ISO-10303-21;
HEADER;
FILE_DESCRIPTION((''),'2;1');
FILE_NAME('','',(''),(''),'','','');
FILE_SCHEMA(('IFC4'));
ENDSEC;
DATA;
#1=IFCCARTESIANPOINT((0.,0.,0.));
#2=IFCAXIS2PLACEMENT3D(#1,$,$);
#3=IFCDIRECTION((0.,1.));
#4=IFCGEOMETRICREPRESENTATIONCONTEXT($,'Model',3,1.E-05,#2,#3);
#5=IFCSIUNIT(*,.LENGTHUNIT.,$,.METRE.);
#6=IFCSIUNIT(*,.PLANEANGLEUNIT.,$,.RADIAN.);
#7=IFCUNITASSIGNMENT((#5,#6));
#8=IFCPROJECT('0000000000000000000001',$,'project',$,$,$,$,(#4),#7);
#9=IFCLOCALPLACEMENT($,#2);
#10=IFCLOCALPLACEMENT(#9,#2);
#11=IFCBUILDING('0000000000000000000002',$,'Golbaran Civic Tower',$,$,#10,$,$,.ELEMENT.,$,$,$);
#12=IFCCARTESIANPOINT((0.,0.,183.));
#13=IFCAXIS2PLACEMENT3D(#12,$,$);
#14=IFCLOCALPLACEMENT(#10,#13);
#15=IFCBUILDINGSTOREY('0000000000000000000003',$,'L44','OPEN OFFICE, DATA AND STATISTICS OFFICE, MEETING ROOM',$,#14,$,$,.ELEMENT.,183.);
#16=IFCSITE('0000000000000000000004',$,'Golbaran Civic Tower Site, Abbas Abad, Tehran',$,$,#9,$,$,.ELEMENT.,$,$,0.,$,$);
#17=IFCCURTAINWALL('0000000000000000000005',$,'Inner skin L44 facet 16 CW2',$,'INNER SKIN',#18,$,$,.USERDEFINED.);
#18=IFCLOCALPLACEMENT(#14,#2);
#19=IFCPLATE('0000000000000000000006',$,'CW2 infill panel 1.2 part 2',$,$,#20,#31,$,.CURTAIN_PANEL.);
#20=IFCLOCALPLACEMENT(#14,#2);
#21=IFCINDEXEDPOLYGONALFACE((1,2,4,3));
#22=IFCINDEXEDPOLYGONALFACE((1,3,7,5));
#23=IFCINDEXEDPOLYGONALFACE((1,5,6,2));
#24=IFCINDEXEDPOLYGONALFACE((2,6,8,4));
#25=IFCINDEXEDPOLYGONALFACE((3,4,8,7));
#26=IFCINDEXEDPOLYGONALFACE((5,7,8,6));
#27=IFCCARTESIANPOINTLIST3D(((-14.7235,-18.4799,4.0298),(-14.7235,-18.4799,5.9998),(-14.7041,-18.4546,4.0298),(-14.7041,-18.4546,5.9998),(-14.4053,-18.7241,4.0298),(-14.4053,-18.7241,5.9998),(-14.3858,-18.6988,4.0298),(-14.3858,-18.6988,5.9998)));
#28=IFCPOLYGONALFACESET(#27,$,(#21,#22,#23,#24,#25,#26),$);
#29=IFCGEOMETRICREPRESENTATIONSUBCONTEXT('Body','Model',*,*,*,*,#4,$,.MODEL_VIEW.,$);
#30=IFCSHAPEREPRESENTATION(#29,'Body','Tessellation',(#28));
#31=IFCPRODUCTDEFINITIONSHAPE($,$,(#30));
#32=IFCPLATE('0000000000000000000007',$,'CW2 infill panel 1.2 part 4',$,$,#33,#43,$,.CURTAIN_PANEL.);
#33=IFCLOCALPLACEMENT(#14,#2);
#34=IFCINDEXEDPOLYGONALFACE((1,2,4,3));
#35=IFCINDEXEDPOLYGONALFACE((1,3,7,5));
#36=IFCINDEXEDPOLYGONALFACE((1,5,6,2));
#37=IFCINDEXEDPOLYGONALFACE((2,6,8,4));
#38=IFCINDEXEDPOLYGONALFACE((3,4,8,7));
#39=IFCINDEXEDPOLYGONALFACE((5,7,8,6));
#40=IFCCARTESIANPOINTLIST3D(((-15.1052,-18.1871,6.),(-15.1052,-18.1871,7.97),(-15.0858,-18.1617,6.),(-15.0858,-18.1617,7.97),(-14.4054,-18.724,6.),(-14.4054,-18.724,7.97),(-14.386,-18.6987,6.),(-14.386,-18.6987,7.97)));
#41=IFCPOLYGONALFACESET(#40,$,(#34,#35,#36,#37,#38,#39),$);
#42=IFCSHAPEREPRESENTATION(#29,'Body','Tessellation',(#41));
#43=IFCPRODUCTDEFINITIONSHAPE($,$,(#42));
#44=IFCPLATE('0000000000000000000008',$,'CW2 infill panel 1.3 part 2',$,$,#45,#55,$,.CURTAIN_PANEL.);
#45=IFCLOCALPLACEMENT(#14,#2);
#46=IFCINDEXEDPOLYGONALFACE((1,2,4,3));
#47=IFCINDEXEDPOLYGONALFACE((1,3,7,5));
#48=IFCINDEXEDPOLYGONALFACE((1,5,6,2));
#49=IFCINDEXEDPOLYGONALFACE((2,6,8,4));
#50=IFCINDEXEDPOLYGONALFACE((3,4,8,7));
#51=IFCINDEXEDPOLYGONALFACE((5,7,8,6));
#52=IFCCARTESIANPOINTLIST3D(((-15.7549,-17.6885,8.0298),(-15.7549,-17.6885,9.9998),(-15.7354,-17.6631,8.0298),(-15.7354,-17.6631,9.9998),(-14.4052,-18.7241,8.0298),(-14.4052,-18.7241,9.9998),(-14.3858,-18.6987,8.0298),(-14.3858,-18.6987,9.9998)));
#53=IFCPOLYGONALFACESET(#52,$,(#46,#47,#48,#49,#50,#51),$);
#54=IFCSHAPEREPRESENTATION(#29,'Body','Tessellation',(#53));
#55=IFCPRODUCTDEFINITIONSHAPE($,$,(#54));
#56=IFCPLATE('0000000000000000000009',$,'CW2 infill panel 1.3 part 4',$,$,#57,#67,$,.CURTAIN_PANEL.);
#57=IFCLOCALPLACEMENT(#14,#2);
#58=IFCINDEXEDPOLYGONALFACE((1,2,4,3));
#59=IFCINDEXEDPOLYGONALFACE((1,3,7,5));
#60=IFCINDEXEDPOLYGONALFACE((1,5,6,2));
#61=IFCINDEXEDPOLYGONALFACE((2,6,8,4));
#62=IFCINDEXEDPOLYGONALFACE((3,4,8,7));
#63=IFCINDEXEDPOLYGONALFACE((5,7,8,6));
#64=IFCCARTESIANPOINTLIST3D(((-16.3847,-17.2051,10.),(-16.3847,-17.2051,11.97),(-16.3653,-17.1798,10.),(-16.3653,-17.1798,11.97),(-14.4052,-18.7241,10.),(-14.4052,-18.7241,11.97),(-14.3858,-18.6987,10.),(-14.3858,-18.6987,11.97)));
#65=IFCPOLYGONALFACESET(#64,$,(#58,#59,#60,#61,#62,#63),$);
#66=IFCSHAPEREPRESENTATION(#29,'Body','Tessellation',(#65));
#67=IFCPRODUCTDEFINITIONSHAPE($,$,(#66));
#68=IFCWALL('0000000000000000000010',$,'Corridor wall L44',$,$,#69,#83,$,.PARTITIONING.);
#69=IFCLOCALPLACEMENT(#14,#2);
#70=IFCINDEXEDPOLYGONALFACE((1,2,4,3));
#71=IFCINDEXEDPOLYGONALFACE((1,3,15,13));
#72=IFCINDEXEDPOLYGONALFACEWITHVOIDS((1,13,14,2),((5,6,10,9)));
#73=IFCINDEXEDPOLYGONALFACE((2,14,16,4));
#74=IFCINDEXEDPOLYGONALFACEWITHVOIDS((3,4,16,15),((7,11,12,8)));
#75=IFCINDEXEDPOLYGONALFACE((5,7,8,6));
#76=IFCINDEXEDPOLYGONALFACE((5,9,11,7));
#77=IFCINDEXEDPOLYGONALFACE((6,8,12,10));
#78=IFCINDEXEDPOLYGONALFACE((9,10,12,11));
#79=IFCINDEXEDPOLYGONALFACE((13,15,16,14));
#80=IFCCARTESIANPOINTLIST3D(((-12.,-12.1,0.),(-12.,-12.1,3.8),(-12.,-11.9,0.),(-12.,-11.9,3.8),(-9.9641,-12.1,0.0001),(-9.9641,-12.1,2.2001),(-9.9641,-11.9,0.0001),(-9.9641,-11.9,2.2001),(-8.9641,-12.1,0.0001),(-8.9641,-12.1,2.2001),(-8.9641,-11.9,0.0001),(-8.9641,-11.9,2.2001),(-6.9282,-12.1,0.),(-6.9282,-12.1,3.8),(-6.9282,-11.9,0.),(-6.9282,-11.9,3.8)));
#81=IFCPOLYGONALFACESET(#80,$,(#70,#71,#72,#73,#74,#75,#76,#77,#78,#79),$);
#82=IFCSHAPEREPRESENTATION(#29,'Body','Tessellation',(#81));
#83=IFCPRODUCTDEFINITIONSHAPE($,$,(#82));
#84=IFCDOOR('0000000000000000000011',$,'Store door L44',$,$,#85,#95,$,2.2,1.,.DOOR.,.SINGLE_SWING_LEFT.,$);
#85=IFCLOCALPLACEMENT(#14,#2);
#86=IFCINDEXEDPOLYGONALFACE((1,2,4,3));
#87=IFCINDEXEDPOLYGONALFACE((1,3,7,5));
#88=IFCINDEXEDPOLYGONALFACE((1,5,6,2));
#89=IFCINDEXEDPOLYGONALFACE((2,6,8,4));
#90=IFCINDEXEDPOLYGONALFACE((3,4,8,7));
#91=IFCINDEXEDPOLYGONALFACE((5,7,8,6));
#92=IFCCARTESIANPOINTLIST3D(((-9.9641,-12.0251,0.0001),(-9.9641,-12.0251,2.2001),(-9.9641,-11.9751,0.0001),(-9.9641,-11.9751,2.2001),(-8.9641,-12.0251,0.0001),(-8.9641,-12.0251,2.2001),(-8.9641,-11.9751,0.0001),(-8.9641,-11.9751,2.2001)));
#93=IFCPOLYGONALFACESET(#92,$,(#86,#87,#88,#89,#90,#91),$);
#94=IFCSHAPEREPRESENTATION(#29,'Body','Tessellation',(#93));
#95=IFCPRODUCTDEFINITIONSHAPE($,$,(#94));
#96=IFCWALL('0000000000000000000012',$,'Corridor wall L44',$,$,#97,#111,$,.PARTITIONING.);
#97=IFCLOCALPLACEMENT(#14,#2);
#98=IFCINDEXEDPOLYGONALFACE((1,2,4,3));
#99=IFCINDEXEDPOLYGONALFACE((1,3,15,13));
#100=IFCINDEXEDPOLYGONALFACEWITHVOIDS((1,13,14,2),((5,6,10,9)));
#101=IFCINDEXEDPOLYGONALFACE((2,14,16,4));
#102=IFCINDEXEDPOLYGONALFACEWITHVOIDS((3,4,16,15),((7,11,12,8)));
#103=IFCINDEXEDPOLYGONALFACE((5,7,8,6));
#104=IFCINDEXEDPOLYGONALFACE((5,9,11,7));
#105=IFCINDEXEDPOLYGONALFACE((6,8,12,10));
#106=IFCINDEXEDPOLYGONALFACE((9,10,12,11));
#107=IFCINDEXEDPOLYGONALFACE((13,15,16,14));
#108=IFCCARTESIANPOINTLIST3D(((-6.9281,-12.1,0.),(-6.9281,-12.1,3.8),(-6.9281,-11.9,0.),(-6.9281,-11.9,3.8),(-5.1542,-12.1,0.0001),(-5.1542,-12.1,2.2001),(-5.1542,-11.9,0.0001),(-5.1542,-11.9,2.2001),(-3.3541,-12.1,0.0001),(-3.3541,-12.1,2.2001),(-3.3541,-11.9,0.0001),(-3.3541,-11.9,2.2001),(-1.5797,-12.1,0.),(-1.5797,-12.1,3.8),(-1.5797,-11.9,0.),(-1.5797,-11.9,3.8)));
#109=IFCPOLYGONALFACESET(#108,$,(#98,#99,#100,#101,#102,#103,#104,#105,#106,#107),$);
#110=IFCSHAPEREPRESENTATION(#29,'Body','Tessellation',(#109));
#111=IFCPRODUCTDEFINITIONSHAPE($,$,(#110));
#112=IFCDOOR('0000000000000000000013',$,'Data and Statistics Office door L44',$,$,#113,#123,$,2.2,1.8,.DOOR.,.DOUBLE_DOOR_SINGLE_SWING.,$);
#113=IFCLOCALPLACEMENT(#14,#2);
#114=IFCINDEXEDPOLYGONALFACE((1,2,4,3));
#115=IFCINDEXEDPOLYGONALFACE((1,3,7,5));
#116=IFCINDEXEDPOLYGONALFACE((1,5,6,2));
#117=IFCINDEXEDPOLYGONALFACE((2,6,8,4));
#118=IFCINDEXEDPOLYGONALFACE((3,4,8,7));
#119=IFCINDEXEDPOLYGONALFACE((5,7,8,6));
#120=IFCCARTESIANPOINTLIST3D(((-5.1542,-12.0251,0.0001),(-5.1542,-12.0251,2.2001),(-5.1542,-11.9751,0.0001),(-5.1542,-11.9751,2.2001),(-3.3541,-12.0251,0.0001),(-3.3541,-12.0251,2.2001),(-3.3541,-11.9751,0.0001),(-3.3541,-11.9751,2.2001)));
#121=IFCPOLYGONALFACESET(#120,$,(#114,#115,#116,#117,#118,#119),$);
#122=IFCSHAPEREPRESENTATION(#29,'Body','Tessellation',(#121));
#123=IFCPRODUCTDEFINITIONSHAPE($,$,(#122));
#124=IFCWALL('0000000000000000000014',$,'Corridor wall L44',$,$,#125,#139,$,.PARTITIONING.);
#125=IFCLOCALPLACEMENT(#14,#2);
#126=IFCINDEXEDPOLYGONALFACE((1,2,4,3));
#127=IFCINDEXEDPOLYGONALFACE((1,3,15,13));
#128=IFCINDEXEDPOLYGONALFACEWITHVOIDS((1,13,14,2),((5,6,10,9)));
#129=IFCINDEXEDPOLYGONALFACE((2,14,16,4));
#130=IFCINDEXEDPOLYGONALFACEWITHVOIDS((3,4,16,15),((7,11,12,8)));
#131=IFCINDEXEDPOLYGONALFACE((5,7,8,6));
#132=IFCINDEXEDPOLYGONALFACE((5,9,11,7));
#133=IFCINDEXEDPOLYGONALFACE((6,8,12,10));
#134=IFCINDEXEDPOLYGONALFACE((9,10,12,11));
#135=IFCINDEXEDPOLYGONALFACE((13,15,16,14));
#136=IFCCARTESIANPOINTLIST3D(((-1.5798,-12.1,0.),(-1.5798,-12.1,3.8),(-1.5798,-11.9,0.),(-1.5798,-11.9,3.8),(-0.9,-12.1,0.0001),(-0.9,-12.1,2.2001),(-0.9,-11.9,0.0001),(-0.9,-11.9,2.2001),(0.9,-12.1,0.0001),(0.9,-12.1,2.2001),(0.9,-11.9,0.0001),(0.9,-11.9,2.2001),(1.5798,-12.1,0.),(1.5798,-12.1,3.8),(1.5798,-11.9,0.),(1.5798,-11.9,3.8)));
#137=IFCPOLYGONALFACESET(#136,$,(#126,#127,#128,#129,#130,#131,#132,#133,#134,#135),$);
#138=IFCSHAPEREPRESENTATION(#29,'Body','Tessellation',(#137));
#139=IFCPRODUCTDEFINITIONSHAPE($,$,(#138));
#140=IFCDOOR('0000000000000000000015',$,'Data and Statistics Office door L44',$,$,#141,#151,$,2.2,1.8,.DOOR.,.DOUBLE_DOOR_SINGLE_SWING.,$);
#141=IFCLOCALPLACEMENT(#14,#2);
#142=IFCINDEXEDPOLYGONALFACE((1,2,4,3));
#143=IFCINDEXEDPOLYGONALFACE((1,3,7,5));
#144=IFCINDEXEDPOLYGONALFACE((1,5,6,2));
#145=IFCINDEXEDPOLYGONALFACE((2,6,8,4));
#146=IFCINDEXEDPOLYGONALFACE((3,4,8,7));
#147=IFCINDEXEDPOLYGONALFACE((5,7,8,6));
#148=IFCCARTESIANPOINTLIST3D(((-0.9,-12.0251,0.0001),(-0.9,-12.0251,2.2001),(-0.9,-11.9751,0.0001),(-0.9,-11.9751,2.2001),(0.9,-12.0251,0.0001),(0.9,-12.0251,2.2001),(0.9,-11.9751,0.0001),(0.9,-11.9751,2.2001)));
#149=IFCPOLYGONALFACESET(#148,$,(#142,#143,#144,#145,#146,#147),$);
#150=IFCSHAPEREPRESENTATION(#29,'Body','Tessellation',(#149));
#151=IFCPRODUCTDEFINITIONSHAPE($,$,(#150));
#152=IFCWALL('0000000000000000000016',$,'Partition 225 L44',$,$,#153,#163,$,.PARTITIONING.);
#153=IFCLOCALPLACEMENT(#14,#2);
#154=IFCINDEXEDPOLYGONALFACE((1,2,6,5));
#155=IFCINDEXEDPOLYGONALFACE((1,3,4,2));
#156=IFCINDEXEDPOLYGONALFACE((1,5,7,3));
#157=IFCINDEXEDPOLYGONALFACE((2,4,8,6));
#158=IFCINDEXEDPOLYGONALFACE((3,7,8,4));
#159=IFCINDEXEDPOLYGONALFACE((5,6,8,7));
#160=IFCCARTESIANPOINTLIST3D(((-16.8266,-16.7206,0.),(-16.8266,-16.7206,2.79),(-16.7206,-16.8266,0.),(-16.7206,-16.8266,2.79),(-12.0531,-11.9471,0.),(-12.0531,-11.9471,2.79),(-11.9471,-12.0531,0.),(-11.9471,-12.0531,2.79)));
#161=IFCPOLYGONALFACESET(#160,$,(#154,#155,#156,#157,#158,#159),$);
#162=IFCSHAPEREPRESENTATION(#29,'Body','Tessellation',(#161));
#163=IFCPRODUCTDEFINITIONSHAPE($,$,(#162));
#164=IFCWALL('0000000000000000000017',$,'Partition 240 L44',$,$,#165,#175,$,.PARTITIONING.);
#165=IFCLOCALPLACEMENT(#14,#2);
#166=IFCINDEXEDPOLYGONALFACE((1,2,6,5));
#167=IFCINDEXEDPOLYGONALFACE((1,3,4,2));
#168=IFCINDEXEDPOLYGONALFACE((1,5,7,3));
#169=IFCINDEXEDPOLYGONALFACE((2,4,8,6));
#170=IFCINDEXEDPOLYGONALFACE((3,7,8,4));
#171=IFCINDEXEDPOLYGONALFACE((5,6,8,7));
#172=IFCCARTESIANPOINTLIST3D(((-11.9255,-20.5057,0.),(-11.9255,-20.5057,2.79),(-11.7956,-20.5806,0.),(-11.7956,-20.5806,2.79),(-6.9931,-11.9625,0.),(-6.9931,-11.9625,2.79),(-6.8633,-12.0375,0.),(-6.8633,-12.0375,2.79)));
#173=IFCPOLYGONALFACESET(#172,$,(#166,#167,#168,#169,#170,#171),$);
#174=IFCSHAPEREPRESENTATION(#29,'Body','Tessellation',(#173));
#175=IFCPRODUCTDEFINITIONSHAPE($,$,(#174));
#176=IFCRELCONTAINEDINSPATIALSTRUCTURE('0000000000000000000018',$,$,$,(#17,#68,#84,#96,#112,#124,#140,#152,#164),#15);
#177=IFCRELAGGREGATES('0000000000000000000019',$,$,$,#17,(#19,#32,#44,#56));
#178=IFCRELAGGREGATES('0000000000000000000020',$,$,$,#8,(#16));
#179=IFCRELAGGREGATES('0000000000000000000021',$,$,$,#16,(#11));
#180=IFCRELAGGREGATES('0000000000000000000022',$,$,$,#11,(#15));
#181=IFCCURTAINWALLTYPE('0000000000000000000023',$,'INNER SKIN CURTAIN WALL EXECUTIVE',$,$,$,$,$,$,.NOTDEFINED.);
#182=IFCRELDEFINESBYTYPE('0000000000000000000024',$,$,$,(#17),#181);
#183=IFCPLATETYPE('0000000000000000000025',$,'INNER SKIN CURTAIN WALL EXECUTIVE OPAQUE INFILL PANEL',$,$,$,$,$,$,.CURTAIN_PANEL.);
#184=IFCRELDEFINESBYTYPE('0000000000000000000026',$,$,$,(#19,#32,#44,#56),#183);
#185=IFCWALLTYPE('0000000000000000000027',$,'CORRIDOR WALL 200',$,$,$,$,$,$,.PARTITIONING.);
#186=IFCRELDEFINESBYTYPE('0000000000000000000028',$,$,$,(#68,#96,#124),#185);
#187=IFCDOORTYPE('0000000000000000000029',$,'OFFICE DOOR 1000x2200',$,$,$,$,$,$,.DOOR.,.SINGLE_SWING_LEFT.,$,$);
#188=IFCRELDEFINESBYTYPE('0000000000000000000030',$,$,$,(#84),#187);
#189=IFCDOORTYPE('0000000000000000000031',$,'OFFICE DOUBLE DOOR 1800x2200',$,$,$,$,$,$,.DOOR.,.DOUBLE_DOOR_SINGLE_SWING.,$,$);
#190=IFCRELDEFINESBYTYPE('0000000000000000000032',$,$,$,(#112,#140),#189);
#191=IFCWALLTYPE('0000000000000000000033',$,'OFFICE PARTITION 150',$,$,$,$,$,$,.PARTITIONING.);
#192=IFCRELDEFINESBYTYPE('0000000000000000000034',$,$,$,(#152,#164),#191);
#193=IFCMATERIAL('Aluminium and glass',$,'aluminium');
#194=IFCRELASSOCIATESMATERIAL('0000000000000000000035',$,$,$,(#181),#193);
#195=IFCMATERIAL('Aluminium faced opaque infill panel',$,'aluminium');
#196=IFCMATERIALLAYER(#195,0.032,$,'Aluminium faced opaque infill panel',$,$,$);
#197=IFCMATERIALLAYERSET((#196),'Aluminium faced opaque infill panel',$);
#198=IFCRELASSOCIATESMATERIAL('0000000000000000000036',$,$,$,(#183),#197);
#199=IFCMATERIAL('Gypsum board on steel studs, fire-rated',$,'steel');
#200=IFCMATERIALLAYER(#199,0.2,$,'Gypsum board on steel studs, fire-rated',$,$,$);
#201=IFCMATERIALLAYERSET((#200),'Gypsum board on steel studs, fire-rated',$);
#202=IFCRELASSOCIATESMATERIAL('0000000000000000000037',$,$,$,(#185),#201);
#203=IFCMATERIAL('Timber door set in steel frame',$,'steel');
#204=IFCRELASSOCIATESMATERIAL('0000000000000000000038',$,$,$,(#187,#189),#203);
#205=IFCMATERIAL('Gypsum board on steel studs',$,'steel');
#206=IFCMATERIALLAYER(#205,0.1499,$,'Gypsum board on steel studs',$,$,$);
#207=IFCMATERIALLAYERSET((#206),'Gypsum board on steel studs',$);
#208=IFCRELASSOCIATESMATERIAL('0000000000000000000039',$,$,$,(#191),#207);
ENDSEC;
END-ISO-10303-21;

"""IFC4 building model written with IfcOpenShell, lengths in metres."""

from ifc_helpers import new_model, si_unit, direction, frame, frame_2d, origin, origin_2d, place, context, subcontext, project, spatial, rectangle, extrude, material, layer, layer_set, type_object, element, fill, aggregate, save


model = new_model("IFC4")

# Units and contexts
model_context = context("Model", 3, precision=1e-05, world=origin(), true_north=direction((0.0, 1.0)))
body_context = subcontext(model_context, "Body", "Model", "MODEL_VIEW")
ifc_project = project(units=[si_unit("LENGTHUNIT", "METRE"), si_unit("PLANEANGLEUNIT", "RADIAN")], contexts=[model_context])

# Site, building, storey
site_placement = place(None, origin())
site = spatial("IfcSite", under=ifc_project, at=site_placement, Name="Golbaran Civic Tower Site, Abbas Abad, Tehran", CompositionType="ELEMENT", RefElevation=0.0)
building_placement = place(site_placement, origin())
building = spatial("IfcBuilding", under=site, at=building_placement, Name="Golbaran Civic Tower", CompositionType="ELEMENT")
storey_placement = place(building_placement, frame((0.0, 0.0, 183.0)))
storey = spatial("IfcBuildingStorey", under=building, at=storey_placement, Name="L44", Description="OPEN OFFICE, DATA AND STATISTICS OFFICE, MEETING ROOM", CompositionType="ELEMENT", Elevation=183.0)

# Curtain wall
ifc_material_1 = material(Name="Aluminium and glass", Category="aluminium")
curtain_wall_type = type_object("IfcCurtainWallType", Name="INNER SKIN CURTAIN WALL EXECUTIVE", PredefinedType="NOTDEFINED", material=ifc_material_1)
curtain_wall_placement = place(storey_placement, origin())
curtain_wall = element("IfcCurtainWall", 1, at=curtain_wall_placement, inside=storey, type_object=curtain_wall_type, Name="Inner skin L44 facet 16 CW2", ObjectType="INNER SKIN", PredefinedType="USERDEFINED")

# Plates
ifc_material_2 = material(Name="Aluminium faced opaque infill panel", Category="aluminium")
ifc_layer_1 = layer(ifc_material_2, 0.032, Name="Aluminium faced opaque infill panel")
ifc_layer_set_1 = layer_set([ifc_layer_1], Name="Aluminium faced opaque infill panel")
plate_type_1 = type_object("IfcPlateType", Name="INNER SKIN CURTAIN WALL EXECUTIVE OPAQUE INFILL PANEL", PredefinedType="CURTAIN_PANEL", material=ifc_layer_set_1)
plate_1_placement = place(storey_placement, frame((-14.5547, -18.5894, 4.0298), z_axis=(0.0, 0.0, 1.0), x_axis=(0.793353, -0.608761, 0.0)))
plate_1 = element("IfcPlate", 2, at=plate_1_placement, type_object=plate_type_1, Name="CW2 infill panel 1.2 part 2", PredefinedType="CURTAIN_PANEL", context=body_context, shape_type="SweptSolid", body=[
    extrude(rectangle(XDim=0.4011, YDim=0.032, at=origin_2d()), origin(), (0.0, 0.0, 1.0), 1.97),
])
plate_2_placement = place(storey_placement, frame((-14.7456, -18.4429, 6.0), z_axis=(0.0, 0.0, 1.0), x_axis=(0.793353, -0.608761, 0.0)))
plate_2 = element("IfcPlate", 3, at=plate_2_placement, type_object=plate_type_1, Name="CW2 infill panel 1.2 part 4", PredefinedType="CURTAIN_PANEL", context=body_context, shape_type="SweptSolid", body=[
    extrude(rectangle(XDim=0.8821, YDim=0.032, at=origin_2d()), origin(), (0.0, 0.0, 1.0), 1.97),
])
plate_3_placement = place(storey_placement, frame((-15.0703, -18.1936, 8.0298), z_axis=(0.0, 0.0, 1.0), x_axis=(0.793353, -0.608761, 0.0)))
plate_3 = element("IfcPlate", 4, at=plate_3_placement, type_object=plate_type_1, Name="CW2 infill panel 1.3 part 2", PredefinedType="CURTAIN_PANEL", context=body_context, shape_type="SweptSolid", body=[
    extrude(rectangle(XDim=1.7012, YDim=0.032, at=origin_2d()), origin(), (0.0, 0.0, 1.0), 1.97),
])
plate_4_placement = place(storey_placement, frame((-15.3853, -17.9519, 10.0), z_axis=(0.0, 0.0, 1.0), x_axis=(0.793353, -0.608761, 0.0)))
plate_4 = element("IfcPlate", 5, at=plate_4_placement, type_object=plate_type_1, Name="CW2 infill panel 1.3 part 4", PredefinedType="CURTAIN_PANEL", context=body_context, shape_type="SweptSolid", body=[
    extrude(rectangle(XDim=2.4951, YDim=0.032, at=origin_2d()), origin(), (0.0, 0.0, 1.0), 1.97),
])
aggregate(curtain_wall, [plate_1, plate_2, plate_3, plate_4])

# Walls, openings, doors
ifc_material_3 = material(Name="Gypsum board on steel studs, fire-rated", Category="steel")
ifc_layer_2 = layer(ifc_material_3, 0.2, Name="Gypsum board on steel studs, fire-rated")
ifc_layer_set_2 = layer_set([ifc_layer_2], Name="Gypsum board on steel studs, fire-rated")
wall_type_1 = type_object("IfcWallType", Name="CORRIDOR WALL 200", PredefinedType="PARTITIONING", material=ifc_layer_set_2)
wall_1_placement = place(storey_placement, frame((-12.0, -12.0, 0.0), z_axis=(0.0, 0.0, 1.0), x_axis=(1.0, 0.0, 0.0)))
wall_1 = element("IfcWall", 6, at=wall_1_placement, inside=storey, type_object=wall_type_1, Name="Corridor wall L44", PredefinedType="PARTITIONING", context=body_context, shape_type="SweptSolid", body=[
    extrude(rectangle(XDim=5.0718, YDim=0.2, at=frame_2d((2.5359, 0.0))), origin(), (0.0, 0.0, 1.0), 3.8),
])
opening_1_placement = place(wall_1_placement, frame((2.0359, 0.0, 0.0)))
opening_1 = element("IfcOpeningElement", 7, at=opening_1_placement, cuts=wall_1, PredefinedType="OPENING", context=body_context, shape_type="SweptSolid", body=[
    extrude(rectangle(XDim=1.0, YDim=2.2, at=frame_2d((0.5, 1.1001))), frame((0.0, 0.1099, 0.0), z_axis=(0.0, -1.0, 0.0), x_axis=(1.0, 0.0, 0.0)), (0.0, 0.0, 1.0), 0.22),
])
ifc_material_4 = material(Name="Timber door set in steel frame", Category="steel")
door_type_1 = type_object("IfcDoorType", Name="OFFICE DOOR 1000x2200", OperationType="SINGLE_SWING_LEFT", PredefinedType="DOOR", material=ifc_material_4)
door_1_placement = place(opening_1_placement, origin())
door_1 = element("IfcDoor", 8, at=door_1_placement, inside=storey, type_object=door_type_1, Name="Store door L44", OperationType="SINGLE_SWING_LEFT", OverallHeight=2.2, OverallWidth=1.0, PredefinedType="DOOR", context=body_context, shape_type="SweptSolid", body=[
    extrude(rectangle(XDim=1.0, YDim=2.2, at=frame_2d((0.5, 1.1001))), frame((0.0, 0.0249, 0.0), z_axis=(0.0, -1.0, 0.0), x_axis=(1.0, 0.0, 0.0)), (0.0, 0.0, 1.0), 0.05),
])
fill(opening_1, door_1)
wall_2_placement = place(storey_placement, frame((-6.9282, -12.0, 0.0), z_axis=(0.0, 0.0, 1.0), x_axis=(1.0, 0.0, 0.0)))
wall_2 = element("IfcWall", 9, at=wall_2_placement, inside=storey, type_object=wall_type_1, Name="Corridor wall L44", PredefinedType="PARTITIONING", context=body_context, shape_type="SweptSolid", body=[
    extrude(rectangle(XDim=5.3484, YDim=0.2, at=frame_2d((2.6743, 0.0))), origin(), (0.0, 0.0, 1.0), 3.8),
])
opening_2_placement = place(wall_2_placement, frame((1.7742, 0.0, 0.0)))
opening_2 = element("IfcOpeningElement", 10, at=opening_2_placement, cuts=wall_2, PredefinedType="OPENING", context=body_context, shape_type="SweptSolid", body=[
    extrude(rectangle(XDim=1.8, YDim=2.2, at=frame_2d((0.8999, 1.1001))), frame((0.0, 0.1099, 0.0), z_axis=(0.0, -1.0, 0.0), x_axis=(1.0, 0.0, 0.0)), (0.0, 0.0, 1.0), 0.22),
])
door_type_2 = type_object("IfcDoorType", Name="OFFICE DOUBLE DOOR 1800x2200", OperationType="DOUBLE_DOOR_SINGLE_SWING", PredefinedType="DOOR", material=ifc_material_4)
door_2_placement = place(opening_2_placement, origin())
door_2 = element("IfcDoor", 11, at=door_2_placement, inside=storey, type_object=door_type_2, Name="Data and Statistics Office door L44", OperationType="DOUBLE_DOOR_SINGLE_SWING", OverallHeight=2.2, OverallWidth=1.8, PredefinedType="DOOR", context=body_context, shape_type="SweptSolid", body=[
    extrude(rectangle(XDim=1.8, YDim=2.2, at=frame_2d((0.8999, 1.1001))), frame((0.0, 0.0249, 0.0), z_axis=(0.0, -1.0, 0.0), x_axis=(1.0, 0.0, 0.0)), (0.0, 0.0, 1.0), 0.05),
])
fill(opening_2, door_2)
wall_3_placement = place(storey_placement, frame((-1.5798, -12.0, 0.0), z_axis=(0.0, 0.0, 1.0), x_axis=(1.0, 0.0, 0.0)))
wall_3 = element("IfcWall", 12, at=wall_3_placement, inside=storey, type_object=wall_type_1, Name="Corridor wall L44", PredefinedType="PARTITIONING", context=body_context, shape_type="SweptSolid", body=[
    extrude(rectangle(XDim=3.1597, YDim=0.2, at=frame_2d((1.5798, 0.0))), origin(), (0.0, 0.0, 1.0), 3.8),
])
opening_3_placement = place(wall_3_placement, frame((0.6799, 0.0, 0.0)))
opening_3 = element("IfcOpeningElement", 13, at=opening_3_placement, cuts=wall_3, PredefinedType="OPENING", context=body_context, shape_type="SweptSolid", body=[
    extrude(rectangle(XDim=1.8, YDim=2.2, at=frame_2d((0.8999, 1.1001))), frame((0.0, 0.1099, 0.0), z_axis=(0.0, -1.0, 0.0), x_axis=(1.0, 0.0, 0.0)), (0.0, 0.0, 1.0), 0.22),
])
door_3_placement = place(opening_3_placement, origin())
door_3 = element("IfcDoor", 14, at=door_3_placement, inside=storey, type_object=door_type_2, Name="Data and Statistics Office door L44", OperationType="DOUBLE_DOOR_SINGLE_SWING", OverallHeight=2.2, OverallWidth=1.8, PredefinedType="DOOR", context=body_context, shape_type="SweptSolid", body=[
    extrude(rectangle(XDim=1.8, YDim=2.2, at=frame_2d((0.8999, 1.1001))), frame((0.0, 0.0249, 0.0), z_axis=(0.0, -1.0, 0.0), x_axis=(1.0, 0.0, 0.0)), (0.0, 0.0, 1.0), 0.05),
])
fill(opening_3, door_3)

# Walls
ifc_material_5 = material(Name="Gypsum board on steel studs", Category="steel")
ifc_layer_3 = layer(ifc_material_5, 0.1499, Name="Gypsum board on steel studs")
ifc_layer_set_3 = layer_set([ifc_layer_3], Name="Gypsum board on steel studs")
wall_type_2 = type_object("IfcWallType", Name="OFFICE PARTITION 150", PredefinedType="PARTITIONING", material=ifc_layer_set_3)
wall_4_placement = place(storey_placement, frame((-12.0, -12.0, 0.0), z_axis=(0.0, 0.0, 1.0), x_axis=(-0.707107, -0.707107, 0.0)))
element("IfcWall", 15, at=wall_4_placement, inside=storey, type_object=wall_type_2, Name="Partition 225 L44", PredefinedType="PARTITIONING", context=body_context, shape_type="SweptSolid", body=[
    extrude(rectangle(XDim=6.7507, YDim=0.1499, at=frame_2d((3.3755, 0.0))), origin(), (0.0, 0.0, 1.0), 2.79),
])
wall_5_placement = place(storey_placement, frame((-6.9282, -12.0, 0.0), z_axis=(0.0, 0.0, 1.0), x_axis=(-0.499996, -0.866028, 0.0)))
element("IfcWall", 16, at=wall_5_placement, inside=storey, type_object=wall_type_2, Name="Partition 240 L44", PredefinedType="PARTITIONING", context=body_context, shape_type="SweptSolid", body=[
    extrude(rectangle(XDim=9.8647, YDim=0.1499, at=frame_2d((4.9324, 0.0))), origin(), (0.0, 0.0, 1.0), 2.79),
])

save(model, "model.ifc")
